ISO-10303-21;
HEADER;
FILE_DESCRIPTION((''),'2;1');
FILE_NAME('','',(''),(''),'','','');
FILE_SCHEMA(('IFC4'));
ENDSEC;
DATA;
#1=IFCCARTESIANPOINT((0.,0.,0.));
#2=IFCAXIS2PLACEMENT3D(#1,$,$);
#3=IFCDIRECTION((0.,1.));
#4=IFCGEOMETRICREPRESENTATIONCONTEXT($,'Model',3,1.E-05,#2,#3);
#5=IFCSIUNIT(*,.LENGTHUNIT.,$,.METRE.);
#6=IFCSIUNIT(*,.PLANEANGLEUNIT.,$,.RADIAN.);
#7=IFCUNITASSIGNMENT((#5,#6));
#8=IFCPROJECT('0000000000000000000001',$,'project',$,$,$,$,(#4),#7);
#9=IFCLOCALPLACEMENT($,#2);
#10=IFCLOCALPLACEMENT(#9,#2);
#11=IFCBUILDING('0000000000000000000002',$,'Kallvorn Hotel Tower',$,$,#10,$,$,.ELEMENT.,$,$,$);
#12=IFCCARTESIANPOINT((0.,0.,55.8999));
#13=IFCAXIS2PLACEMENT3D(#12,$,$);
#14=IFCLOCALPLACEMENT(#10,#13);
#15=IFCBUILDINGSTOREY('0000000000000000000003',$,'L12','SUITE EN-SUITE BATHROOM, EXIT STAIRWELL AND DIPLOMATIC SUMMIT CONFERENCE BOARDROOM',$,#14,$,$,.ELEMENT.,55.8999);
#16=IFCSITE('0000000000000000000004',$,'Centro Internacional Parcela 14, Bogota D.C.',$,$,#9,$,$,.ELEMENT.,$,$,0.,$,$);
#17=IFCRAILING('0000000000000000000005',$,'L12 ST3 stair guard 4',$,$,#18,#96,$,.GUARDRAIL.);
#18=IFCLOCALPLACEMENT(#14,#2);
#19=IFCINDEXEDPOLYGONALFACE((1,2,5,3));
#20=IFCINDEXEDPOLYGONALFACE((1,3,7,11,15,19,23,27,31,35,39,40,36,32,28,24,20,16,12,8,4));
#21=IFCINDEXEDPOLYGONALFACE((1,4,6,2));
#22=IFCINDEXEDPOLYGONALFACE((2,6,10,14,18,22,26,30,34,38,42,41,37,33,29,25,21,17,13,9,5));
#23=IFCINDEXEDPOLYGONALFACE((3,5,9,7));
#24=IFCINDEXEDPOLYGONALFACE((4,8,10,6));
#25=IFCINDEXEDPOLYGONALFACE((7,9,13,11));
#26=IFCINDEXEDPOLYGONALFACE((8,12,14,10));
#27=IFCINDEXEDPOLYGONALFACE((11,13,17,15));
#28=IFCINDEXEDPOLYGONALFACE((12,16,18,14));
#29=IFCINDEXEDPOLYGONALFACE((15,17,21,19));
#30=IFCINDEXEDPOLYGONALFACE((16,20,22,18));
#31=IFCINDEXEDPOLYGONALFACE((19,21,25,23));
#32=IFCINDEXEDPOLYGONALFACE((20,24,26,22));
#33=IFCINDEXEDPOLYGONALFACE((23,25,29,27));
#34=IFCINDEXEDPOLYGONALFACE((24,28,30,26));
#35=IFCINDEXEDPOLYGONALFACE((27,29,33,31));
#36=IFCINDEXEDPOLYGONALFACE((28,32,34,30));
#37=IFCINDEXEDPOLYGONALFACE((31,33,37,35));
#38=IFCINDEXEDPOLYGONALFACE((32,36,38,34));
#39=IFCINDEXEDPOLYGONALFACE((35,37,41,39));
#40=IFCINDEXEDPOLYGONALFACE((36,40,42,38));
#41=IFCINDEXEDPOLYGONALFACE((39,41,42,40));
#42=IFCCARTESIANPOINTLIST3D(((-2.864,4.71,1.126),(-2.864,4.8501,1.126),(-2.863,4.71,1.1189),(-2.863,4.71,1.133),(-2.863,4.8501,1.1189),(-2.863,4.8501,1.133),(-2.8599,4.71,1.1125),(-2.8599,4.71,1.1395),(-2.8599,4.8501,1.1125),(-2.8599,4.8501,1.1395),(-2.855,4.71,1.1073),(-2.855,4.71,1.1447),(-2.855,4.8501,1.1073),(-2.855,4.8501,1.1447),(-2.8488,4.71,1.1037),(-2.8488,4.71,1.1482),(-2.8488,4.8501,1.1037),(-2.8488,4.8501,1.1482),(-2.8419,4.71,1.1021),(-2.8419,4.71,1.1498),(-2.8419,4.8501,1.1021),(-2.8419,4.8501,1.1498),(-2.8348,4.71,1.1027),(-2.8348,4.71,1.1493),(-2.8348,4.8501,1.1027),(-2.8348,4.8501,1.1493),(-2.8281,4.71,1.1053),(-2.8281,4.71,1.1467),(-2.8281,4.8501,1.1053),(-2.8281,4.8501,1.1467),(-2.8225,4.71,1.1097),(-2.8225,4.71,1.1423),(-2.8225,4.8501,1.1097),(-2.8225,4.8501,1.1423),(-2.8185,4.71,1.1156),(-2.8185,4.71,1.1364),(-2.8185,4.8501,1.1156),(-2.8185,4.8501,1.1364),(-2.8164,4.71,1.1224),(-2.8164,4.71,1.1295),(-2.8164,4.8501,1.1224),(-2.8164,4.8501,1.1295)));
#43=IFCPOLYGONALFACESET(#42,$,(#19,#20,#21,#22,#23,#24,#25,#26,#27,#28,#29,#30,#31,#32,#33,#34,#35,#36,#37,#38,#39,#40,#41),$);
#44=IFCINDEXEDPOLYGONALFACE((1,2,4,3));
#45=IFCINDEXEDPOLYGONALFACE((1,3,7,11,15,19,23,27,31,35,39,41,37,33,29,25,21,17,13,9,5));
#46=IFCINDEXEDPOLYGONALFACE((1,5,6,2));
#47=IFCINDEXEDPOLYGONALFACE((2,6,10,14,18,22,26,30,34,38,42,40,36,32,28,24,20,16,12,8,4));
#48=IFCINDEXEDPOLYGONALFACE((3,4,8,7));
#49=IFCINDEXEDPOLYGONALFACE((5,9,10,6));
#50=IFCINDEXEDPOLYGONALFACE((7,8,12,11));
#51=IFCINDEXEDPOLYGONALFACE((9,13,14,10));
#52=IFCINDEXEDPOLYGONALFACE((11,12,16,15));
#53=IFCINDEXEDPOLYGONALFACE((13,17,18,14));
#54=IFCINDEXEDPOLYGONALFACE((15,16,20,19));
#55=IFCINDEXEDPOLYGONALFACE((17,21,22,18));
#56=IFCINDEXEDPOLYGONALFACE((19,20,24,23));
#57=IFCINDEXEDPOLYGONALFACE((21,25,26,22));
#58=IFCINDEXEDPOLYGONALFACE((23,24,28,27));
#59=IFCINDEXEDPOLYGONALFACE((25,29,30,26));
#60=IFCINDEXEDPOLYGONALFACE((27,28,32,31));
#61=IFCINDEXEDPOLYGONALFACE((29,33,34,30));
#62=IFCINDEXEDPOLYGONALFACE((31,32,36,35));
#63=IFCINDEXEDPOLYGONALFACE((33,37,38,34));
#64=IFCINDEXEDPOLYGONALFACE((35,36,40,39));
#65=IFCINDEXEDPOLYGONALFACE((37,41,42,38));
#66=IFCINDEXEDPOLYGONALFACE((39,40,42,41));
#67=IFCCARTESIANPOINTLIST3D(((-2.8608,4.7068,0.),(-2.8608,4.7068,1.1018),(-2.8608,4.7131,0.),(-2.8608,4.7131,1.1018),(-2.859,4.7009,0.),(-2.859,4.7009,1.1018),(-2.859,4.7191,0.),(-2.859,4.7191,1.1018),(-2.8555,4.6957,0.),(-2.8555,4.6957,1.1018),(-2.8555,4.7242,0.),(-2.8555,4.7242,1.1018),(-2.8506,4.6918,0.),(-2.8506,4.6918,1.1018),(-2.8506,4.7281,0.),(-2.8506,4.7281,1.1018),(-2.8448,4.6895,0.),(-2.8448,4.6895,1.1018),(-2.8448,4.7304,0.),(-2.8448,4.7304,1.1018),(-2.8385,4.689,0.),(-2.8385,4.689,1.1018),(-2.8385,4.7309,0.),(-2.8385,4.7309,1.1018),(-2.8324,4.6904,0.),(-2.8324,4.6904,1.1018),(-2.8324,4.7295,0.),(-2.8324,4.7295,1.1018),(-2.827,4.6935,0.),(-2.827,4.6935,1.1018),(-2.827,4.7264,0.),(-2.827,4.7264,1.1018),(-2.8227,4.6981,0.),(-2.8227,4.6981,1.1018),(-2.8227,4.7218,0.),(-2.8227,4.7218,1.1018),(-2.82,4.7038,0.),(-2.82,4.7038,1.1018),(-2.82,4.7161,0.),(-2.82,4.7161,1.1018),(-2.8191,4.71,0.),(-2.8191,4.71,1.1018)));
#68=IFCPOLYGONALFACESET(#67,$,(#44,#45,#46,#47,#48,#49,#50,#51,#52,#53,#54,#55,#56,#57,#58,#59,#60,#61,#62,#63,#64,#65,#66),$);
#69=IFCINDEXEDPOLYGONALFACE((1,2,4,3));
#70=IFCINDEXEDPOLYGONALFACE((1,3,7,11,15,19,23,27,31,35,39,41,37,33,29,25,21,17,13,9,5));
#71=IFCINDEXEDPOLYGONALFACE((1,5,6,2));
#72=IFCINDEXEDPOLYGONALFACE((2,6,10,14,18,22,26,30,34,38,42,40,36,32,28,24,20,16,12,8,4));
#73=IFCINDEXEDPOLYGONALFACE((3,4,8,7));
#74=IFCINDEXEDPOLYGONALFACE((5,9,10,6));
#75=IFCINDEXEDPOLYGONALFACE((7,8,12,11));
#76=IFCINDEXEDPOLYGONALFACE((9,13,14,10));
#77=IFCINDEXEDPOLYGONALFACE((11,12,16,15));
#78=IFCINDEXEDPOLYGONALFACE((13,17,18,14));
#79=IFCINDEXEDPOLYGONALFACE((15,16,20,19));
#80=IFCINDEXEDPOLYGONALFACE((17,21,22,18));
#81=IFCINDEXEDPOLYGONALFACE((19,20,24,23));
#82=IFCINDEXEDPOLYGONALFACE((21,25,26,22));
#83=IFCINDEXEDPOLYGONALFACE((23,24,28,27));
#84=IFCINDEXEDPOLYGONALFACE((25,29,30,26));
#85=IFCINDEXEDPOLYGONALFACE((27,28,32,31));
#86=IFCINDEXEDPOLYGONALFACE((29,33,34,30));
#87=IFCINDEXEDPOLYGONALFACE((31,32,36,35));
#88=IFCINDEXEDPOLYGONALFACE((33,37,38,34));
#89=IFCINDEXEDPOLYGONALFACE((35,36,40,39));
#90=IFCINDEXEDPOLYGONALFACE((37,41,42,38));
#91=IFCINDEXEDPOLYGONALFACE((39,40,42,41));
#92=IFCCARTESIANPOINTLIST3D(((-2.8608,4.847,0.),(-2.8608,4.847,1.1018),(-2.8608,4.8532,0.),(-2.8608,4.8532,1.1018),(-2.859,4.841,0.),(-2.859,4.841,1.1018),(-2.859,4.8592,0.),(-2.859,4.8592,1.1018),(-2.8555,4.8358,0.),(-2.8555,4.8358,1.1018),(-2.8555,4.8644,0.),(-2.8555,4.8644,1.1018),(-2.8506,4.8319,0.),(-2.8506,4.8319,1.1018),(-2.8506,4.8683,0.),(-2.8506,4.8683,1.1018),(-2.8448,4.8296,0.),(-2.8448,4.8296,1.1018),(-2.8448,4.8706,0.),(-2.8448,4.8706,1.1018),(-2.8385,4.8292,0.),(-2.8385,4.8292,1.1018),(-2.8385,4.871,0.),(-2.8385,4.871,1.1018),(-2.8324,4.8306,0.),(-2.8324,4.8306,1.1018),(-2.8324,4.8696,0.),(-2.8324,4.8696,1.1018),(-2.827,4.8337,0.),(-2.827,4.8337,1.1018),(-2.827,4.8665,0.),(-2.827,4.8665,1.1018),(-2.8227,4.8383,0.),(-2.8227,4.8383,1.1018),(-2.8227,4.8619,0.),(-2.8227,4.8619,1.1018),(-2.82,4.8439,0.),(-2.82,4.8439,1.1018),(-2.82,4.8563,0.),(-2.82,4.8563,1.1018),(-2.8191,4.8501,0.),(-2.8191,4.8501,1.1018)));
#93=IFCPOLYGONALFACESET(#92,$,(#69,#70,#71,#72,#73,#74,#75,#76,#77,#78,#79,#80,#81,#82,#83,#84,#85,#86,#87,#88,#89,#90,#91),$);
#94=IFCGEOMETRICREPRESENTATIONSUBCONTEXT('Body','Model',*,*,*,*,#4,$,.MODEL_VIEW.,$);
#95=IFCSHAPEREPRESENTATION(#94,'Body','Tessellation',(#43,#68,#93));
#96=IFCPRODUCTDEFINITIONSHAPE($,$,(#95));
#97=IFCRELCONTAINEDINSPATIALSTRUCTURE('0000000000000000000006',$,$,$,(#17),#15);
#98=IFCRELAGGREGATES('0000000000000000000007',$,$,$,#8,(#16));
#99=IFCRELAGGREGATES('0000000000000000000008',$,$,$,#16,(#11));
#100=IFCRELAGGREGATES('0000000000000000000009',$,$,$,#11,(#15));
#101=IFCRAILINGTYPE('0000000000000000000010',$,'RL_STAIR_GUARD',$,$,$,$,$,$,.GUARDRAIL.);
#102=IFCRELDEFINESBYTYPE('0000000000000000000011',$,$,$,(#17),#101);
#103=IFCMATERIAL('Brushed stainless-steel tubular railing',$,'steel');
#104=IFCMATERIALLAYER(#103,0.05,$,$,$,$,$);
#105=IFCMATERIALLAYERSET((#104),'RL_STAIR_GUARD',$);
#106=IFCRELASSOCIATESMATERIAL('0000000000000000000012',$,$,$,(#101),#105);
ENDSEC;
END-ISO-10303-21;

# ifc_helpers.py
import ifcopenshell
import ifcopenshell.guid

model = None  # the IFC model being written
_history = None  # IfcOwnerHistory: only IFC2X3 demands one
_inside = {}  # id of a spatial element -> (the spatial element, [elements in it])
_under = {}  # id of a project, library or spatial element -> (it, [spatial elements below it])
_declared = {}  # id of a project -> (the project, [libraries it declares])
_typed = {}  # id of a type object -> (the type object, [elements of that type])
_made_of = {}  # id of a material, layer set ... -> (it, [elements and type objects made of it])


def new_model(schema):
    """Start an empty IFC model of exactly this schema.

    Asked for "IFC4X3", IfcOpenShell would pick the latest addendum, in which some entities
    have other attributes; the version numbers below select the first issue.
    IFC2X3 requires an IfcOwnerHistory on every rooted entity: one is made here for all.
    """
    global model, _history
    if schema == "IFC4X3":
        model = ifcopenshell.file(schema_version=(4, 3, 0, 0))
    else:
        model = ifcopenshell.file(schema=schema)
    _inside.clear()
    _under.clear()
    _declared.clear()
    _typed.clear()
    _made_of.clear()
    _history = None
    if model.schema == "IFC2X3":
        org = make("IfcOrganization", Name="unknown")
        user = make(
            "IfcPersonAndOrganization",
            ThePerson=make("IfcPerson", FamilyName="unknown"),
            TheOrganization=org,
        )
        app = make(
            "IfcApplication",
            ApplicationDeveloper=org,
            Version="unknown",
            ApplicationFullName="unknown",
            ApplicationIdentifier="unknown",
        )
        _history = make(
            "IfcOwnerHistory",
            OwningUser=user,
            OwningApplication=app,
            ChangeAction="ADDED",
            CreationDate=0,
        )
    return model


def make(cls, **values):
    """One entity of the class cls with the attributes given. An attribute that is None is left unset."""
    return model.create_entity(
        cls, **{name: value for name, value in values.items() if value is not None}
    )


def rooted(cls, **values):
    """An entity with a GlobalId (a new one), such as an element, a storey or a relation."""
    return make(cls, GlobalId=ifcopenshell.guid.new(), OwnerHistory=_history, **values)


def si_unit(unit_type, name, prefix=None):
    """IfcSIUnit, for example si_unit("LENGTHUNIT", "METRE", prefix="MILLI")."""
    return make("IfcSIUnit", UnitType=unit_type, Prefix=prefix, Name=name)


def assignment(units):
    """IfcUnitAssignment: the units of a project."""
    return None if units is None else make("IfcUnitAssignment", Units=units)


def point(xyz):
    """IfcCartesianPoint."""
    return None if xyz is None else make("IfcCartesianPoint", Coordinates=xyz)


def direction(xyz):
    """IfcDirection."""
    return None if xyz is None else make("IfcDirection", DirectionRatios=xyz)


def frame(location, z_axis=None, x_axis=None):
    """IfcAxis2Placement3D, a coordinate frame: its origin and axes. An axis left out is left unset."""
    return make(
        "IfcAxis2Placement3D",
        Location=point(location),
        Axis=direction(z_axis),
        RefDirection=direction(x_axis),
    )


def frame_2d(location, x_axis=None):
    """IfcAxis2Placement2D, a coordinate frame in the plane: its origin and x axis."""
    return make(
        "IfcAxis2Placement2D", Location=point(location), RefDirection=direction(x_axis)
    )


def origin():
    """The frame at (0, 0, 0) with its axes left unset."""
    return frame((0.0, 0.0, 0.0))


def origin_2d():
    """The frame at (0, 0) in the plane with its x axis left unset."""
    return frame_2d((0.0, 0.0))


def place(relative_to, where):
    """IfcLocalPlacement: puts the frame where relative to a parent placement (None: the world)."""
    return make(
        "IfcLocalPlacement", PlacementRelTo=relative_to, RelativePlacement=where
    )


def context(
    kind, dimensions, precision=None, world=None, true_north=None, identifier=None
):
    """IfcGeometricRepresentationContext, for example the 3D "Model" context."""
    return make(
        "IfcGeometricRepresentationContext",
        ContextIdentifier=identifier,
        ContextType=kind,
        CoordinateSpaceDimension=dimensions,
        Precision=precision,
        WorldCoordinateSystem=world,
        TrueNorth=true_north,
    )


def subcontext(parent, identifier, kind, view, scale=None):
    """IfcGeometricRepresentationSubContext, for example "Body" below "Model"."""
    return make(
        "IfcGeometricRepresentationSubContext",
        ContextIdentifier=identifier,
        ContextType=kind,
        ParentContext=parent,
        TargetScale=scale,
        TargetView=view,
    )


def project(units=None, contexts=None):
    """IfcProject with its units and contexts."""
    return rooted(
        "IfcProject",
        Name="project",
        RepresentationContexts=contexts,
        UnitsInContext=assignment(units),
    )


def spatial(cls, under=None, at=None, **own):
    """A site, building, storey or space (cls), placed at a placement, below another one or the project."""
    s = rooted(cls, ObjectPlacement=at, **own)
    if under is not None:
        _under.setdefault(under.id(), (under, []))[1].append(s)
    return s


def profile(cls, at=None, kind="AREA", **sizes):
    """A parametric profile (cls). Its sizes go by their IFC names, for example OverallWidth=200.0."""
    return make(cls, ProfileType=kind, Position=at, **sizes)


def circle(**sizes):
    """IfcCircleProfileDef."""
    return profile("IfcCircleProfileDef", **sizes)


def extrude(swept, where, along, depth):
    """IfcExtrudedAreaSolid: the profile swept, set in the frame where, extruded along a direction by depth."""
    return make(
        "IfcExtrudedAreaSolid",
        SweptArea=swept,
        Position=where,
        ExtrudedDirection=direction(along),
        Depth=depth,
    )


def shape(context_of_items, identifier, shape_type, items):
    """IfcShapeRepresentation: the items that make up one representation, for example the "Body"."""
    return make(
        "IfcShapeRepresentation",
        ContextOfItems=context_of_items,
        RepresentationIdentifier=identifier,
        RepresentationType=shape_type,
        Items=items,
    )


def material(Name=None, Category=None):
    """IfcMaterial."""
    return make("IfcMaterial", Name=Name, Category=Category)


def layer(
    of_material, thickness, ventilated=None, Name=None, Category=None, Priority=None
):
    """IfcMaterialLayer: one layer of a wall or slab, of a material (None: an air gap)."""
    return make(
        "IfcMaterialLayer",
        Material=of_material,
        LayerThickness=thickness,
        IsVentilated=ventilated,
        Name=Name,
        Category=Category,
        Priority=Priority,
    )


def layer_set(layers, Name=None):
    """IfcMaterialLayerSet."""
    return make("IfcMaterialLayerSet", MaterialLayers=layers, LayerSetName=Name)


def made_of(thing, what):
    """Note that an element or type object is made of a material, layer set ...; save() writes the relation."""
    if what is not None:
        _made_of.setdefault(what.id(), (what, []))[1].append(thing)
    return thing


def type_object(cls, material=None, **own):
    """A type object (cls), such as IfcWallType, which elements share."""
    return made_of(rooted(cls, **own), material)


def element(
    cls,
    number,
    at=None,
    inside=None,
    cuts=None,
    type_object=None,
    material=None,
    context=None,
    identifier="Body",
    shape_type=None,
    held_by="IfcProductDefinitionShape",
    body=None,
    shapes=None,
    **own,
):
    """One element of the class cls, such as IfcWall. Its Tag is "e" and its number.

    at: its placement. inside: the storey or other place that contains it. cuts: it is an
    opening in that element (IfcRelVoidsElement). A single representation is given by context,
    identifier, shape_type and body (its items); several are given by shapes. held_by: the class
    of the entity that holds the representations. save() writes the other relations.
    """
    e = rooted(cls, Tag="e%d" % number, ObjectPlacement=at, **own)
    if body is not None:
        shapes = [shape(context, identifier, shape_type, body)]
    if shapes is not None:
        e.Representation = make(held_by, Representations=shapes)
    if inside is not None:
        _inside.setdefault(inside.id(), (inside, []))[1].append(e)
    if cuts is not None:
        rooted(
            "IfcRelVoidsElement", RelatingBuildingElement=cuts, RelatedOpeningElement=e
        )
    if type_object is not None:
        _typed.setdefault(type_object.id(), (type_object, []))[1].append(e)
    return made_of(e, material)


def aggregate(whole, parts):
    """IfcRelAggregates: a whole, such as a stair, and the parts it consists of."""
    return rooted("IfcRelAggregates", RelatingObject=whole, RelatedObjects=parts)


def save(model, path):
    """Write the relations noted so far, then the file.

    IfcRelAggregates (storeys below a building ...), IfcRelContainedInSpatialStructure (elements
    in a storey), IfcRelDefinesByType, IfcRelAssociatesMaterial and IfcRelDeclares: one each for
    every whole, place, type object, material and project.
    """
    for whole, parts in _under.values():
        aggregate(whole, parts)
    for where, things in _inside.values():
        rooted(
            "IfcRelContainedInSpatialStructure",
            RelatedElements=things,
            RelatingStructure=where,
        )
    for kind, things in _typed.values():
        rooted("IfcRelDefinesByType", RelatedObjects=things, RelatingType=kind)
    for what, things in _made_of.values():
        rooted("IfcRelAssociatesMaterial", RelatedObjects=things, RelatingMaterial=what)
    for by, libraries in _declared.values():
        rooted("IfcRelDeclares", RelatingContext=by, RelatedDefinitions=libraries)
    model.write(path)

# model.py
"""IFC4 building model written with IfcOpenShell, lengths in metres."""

from ifc_helpers import new_model, si_unit, direction, frame, origin, origin_2d, place, context, subcontext, project, spatial, circle, extrude, material, layer, layer_set, type_object, element, save


model = new_model("IFC4")

# Units and contexts
model_context = context("Model", 3, precision=1e-05, world=origin(), true_north=direction((0.0, 1.0)))
body_context = subcontext(model_context, "Body", "Model", "MODEL_VIEW")
ifc_project = project(units=[si_unit("LENGTHUNIT", "METRE"), si_unit("PLANEANGLEUNIT", "RADIAN")], contexts=[model_context])

# Site, building, storey
site_placement = place(None, origin())
site = spatial("IfcSite", under=ifc_project, at=site_placement, Name="Centro Internacional Parcela 14, Bogota D.C.", CompositionType="ELEMENT", RefElevation=0.0)
building_placement = place(site_placement, origin())
building = spatial("IfcBuilding", under=site, at=building_placement, Name="Kallvorn Hotel Tower", CompositionType="ELEMENT")
storey_placement = place(building_placement, frame((0.0, 0.0, 55.8999)))
storey = spatial("IfcBuildingStorey", under=building, at=storey_placement, Name="L12", Description="SUITE EN-SUITE BATHROOM, EXIT STAIRWELL AND DIPLOMATIC SUMMIT CONFERENCE BOARDROOM", CompositionType="ELEMENT", Elevation=55.8999)

# Railing
ifc_material_1 = material(Name="Brushed stainless-steel tubular railing", Category="steel")
ifc_layer_1 = layer(ifc_material_1, 0.05)
ifc_layer_set_1 = layer_set([ifc_layer_1], Name="RL_STAIR_GUARD")
railing_type_1 = type_object("IfcRailingType", Name="RL_STAIR_GUARD", PredefinedType="GUARDRAIL", material=ifc_layer_set_1)
railing_1_placement = place(storey_placement, frame((-2.8401, 4.71, 0.0)))
element("IfcRailing", 1, at=railing_1_placement, inside=storey, type_object=railing_type_1, Name="L12 ST3 stair guard 4", PredefinedType="GUARDRAIL", context=body_context, shape_type="SweptSolid", body=[
    extrude(circle(Radius=0.0239, at=origin_2d()), frame((0.0, 0.0, 1.126), z_axis=(0.0, 1.0, 0.0), x_axis=(-1.0, 0.0, 0.0)), (0.0, 0.0, 1.0), 0.1401),
    extrude(circle(Radius=0.021, at=origin_2d()), origin(), (0.0, 0.0, 1.0), 1.1018),
    extrude(circle(Radius=0.021, at=origin_2d()), frame((0.0, 0.1401, 0.0)), (0.0, 0.0, 1.0), 1.1018),
])

save(model, "model.ifc")
